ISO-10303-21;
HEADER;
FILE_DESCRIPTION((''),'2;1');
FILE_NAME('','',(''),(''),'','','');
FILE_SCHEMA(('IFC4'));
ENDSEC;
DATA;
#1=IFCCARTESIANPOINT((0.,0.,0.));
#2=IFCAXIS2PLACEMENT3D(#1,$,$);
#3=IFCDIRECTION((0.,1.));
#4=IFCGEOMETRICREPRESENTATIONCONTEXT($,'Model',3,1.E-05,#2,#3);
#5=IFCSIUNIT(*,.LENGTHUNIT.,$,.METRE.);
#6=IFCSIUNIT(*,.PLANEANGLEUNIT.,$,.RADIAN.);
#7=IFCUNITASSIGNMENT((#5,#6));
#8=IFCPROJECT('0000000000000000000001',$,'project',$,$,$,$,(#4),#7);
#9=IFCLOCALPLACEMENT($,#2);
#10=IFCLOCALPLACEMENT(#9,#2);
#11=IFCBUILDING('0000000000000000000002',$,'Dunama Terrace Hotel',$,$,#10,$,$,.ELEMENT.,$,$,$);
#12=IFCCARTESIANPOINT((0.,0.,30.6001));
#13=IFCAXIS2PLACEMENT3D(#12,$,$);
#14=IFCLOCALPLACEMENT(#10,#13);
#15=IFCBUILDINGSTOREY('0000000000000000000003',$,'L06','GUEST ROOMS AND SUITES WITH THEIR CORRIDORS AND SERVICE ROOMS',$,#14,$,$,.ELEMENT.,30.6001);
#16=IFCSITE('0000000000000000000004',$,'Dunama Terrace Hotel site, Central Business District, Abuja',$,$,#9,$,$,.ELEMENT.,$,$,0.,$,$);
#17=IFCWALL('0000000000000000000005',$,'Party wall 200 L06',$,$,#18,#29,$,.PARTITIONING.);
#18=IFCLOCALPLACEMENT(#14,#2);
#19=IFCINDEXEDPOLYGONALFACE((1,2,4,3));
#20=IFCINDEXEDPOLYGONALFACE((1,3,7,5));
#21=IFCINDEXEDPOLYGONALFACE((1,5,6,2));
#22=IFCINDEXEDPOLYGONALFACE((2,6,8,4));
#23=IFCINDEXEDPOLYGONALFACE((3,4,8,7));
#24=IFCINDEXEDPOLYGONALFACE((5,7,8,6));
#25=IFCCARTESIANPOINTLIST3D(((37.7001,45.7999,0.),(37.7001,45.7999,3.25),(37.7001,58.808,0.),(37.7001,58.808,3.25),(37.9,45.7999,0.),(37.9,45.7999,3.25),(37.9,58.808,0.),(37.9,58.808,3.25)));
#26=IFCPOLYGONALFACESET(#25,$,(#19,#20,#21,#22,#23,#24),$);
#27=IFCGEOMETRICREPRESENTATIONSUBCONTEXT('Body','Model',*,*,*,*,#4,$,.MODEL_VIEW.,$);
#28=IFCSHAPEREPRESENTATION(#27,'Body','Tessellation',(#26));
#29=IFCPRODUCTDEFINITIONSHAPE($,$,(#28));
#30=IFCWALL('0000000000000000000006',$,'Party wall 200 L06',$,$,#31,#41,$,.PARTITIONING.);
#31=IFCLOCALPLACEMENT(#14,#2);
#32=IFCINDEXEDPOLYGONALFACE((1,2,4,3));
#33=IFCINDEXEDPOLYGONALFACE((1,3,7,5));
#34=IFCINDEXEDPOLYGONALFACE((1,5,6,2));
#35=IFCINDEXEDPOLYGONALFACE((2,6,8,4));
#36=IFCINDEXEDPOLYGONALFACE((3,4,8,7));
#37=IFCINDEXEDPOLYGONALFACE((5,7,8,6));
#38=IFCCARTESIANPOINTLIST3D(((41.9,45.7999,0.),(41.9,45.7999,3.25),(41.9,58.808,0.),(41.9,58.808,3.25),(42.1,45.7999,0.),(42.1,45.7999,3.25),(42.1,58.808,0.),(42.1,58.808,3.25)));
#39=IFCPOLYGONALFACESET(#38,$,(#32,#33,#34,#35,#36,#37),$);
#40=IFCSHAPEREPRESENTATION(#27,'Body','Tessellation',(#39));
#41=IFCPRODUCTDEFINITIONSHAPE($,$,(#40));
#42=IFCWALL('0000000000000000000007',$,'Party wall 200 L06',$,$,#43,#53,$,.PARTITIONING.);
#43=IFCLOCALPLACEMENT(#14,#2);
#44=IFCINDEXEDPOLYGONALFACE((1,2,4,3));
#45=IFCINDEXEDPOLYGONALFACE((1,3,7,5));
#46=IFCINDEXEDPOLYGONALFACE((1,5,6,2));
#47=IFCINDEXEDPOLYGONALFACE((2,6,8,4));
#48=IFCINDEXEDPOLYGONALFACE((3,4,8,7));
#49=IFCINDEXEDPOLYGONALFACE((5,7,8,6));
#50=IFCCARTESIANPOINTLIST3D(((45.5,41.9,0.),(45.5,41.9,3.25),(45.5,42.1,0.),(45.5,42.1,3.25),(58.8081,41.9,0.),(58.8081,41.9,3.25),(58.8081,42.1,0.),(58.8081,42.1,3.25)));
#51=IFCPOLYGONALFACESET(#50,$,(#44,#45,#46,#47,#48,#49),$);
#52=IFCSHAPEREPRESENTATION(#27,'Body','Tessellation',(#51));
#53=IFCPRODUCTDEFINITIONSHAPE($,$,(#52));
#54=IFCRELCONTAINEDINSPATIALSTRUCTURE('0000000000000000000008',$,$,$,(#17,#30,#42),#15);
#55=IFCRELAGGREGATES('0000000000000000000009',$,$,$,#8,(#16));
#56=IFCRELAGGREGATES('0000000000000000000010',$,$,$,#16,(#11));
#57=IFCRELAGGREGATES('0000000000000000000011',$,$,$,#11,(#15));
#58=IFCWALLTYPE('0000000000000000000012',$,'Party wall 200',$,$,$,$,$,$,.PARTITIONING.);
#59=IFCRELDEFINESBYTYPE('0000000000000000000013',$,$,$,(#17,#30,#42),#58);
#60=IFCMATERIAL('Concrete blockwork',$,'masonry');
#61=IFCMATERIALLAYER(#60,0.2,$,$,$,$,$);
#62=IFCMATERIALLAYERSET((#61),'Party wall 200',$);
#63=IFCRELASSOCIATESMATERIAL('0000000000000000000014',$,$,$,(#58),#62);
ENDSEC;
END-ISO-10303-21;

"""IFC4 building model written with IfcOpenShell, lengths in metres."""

from ifc_helpers import new_model, si_unit, direction, frame, frame_2d, origin, place, context, subcontext, project, spatial, rectangle, extrude, material, layer, layer_set, type_object, element, save


model = new_model("IFC4")

# Units and contexts
model_context = context("Model", 3, precision=1e-05, world=origin(), true_north=direction((0.0, 1.0)))
body_context = subcontext(model_context, "Body", "Model", "MODEL_VIEW")
ifc_project = project(units=[si_unit("LENGTHUNIT", "METRE"), si_unit("PLANEANGLEUNIT", "RADIAN")], contexts=[model_context])

# Site, building, storey
site_placement = place(None, origin())
site = spatial("IfcSite", under=ifc_project, at=site_placement, Name="Dunama Terrace Hotel site, Central Business District, Abuja", CompositionType="ELEMENT", RefElevation=0.0)
building_placement = place(site_placement, origin())
building = spatial("IfcBuilding", under=site, at=building_placement, Name="Dunama Terrace Hotel", CompositionType="ELEMENT")
storey_placement = place(building_placement, frame((0.0, 0.0, 30.6001)))
storey = spatial("IfcBuildingStorey", under=building, at=storey_placement, Name="L06", Description="GUEST ROOMS AND SUITES WITH THEIR CORRIDORS AND SERVICE ROOMS", CompositionType="ELEMENT", Elevation=30.6001)

# Walls
ifc_material_1 = material(Name="Concrete blockwork", Category="masonry")
ifc_layer_1 = layer(ifc_material_1, 0.2)
ifc_layer_set_1 = layer_set([ifc_layer_1], Name="Party wall 200")
wall_type_1 = type_object("IfcWallType", Name="Party wall 200", PredefinedType="PARTITIONING", material=ifc_layer_set_1)
for number, where, z_axis, x_axis, name in (
    (1, (37.8, 45.8, 0.0), (0.0, 0.0, 1.0), (0.0, 1.0, 0.0), "Party wall 200 L06"),
    (2, (42.0, 45.8, 0.0), (0.0, 0.0, 1.0), (0.0, 1.0, 0.0), "Party wall 200 L06"),
):
    element("IfcWall", number, at=place(storey_placement, frame(where, z_axis=z_axis, x_axis=x_axis)), inside=storey, type_object=wall_type_1, Name=name, PredefinedType="PARTITIONING", context=body_context, shape_type="SweptSolid", body=[
        extrude(rectangle(XDim=13.0081, YDim=0.2, at=frame_2d((6.5039, 0.0))), origin(), (0.0, 0.0, 1.0), 3.25),
    ])
wall_1_placement = place(storey_placement, frame((45.5, 42.0, 0.0), z_axis=(0.0, 0.0, 1.0), x_axis=(1.0, 0.0, 0.0)))
element("IfcWall", 3, at=wall_1_placement, inside=storey, type_object=wall_type_1, Name="Party wall 200 L06", PredefinedType="PARTITIONING", context=body_context, shape_type="SweptSolid", body=[
    extrude(rectangle(XDim=13.3081, YDim=0.2, at=frame_2d((6.6541, 0.0))), origin(), (0.0, 0.0, 1.0), 3.25),
])

save(model, "model.ifc")
